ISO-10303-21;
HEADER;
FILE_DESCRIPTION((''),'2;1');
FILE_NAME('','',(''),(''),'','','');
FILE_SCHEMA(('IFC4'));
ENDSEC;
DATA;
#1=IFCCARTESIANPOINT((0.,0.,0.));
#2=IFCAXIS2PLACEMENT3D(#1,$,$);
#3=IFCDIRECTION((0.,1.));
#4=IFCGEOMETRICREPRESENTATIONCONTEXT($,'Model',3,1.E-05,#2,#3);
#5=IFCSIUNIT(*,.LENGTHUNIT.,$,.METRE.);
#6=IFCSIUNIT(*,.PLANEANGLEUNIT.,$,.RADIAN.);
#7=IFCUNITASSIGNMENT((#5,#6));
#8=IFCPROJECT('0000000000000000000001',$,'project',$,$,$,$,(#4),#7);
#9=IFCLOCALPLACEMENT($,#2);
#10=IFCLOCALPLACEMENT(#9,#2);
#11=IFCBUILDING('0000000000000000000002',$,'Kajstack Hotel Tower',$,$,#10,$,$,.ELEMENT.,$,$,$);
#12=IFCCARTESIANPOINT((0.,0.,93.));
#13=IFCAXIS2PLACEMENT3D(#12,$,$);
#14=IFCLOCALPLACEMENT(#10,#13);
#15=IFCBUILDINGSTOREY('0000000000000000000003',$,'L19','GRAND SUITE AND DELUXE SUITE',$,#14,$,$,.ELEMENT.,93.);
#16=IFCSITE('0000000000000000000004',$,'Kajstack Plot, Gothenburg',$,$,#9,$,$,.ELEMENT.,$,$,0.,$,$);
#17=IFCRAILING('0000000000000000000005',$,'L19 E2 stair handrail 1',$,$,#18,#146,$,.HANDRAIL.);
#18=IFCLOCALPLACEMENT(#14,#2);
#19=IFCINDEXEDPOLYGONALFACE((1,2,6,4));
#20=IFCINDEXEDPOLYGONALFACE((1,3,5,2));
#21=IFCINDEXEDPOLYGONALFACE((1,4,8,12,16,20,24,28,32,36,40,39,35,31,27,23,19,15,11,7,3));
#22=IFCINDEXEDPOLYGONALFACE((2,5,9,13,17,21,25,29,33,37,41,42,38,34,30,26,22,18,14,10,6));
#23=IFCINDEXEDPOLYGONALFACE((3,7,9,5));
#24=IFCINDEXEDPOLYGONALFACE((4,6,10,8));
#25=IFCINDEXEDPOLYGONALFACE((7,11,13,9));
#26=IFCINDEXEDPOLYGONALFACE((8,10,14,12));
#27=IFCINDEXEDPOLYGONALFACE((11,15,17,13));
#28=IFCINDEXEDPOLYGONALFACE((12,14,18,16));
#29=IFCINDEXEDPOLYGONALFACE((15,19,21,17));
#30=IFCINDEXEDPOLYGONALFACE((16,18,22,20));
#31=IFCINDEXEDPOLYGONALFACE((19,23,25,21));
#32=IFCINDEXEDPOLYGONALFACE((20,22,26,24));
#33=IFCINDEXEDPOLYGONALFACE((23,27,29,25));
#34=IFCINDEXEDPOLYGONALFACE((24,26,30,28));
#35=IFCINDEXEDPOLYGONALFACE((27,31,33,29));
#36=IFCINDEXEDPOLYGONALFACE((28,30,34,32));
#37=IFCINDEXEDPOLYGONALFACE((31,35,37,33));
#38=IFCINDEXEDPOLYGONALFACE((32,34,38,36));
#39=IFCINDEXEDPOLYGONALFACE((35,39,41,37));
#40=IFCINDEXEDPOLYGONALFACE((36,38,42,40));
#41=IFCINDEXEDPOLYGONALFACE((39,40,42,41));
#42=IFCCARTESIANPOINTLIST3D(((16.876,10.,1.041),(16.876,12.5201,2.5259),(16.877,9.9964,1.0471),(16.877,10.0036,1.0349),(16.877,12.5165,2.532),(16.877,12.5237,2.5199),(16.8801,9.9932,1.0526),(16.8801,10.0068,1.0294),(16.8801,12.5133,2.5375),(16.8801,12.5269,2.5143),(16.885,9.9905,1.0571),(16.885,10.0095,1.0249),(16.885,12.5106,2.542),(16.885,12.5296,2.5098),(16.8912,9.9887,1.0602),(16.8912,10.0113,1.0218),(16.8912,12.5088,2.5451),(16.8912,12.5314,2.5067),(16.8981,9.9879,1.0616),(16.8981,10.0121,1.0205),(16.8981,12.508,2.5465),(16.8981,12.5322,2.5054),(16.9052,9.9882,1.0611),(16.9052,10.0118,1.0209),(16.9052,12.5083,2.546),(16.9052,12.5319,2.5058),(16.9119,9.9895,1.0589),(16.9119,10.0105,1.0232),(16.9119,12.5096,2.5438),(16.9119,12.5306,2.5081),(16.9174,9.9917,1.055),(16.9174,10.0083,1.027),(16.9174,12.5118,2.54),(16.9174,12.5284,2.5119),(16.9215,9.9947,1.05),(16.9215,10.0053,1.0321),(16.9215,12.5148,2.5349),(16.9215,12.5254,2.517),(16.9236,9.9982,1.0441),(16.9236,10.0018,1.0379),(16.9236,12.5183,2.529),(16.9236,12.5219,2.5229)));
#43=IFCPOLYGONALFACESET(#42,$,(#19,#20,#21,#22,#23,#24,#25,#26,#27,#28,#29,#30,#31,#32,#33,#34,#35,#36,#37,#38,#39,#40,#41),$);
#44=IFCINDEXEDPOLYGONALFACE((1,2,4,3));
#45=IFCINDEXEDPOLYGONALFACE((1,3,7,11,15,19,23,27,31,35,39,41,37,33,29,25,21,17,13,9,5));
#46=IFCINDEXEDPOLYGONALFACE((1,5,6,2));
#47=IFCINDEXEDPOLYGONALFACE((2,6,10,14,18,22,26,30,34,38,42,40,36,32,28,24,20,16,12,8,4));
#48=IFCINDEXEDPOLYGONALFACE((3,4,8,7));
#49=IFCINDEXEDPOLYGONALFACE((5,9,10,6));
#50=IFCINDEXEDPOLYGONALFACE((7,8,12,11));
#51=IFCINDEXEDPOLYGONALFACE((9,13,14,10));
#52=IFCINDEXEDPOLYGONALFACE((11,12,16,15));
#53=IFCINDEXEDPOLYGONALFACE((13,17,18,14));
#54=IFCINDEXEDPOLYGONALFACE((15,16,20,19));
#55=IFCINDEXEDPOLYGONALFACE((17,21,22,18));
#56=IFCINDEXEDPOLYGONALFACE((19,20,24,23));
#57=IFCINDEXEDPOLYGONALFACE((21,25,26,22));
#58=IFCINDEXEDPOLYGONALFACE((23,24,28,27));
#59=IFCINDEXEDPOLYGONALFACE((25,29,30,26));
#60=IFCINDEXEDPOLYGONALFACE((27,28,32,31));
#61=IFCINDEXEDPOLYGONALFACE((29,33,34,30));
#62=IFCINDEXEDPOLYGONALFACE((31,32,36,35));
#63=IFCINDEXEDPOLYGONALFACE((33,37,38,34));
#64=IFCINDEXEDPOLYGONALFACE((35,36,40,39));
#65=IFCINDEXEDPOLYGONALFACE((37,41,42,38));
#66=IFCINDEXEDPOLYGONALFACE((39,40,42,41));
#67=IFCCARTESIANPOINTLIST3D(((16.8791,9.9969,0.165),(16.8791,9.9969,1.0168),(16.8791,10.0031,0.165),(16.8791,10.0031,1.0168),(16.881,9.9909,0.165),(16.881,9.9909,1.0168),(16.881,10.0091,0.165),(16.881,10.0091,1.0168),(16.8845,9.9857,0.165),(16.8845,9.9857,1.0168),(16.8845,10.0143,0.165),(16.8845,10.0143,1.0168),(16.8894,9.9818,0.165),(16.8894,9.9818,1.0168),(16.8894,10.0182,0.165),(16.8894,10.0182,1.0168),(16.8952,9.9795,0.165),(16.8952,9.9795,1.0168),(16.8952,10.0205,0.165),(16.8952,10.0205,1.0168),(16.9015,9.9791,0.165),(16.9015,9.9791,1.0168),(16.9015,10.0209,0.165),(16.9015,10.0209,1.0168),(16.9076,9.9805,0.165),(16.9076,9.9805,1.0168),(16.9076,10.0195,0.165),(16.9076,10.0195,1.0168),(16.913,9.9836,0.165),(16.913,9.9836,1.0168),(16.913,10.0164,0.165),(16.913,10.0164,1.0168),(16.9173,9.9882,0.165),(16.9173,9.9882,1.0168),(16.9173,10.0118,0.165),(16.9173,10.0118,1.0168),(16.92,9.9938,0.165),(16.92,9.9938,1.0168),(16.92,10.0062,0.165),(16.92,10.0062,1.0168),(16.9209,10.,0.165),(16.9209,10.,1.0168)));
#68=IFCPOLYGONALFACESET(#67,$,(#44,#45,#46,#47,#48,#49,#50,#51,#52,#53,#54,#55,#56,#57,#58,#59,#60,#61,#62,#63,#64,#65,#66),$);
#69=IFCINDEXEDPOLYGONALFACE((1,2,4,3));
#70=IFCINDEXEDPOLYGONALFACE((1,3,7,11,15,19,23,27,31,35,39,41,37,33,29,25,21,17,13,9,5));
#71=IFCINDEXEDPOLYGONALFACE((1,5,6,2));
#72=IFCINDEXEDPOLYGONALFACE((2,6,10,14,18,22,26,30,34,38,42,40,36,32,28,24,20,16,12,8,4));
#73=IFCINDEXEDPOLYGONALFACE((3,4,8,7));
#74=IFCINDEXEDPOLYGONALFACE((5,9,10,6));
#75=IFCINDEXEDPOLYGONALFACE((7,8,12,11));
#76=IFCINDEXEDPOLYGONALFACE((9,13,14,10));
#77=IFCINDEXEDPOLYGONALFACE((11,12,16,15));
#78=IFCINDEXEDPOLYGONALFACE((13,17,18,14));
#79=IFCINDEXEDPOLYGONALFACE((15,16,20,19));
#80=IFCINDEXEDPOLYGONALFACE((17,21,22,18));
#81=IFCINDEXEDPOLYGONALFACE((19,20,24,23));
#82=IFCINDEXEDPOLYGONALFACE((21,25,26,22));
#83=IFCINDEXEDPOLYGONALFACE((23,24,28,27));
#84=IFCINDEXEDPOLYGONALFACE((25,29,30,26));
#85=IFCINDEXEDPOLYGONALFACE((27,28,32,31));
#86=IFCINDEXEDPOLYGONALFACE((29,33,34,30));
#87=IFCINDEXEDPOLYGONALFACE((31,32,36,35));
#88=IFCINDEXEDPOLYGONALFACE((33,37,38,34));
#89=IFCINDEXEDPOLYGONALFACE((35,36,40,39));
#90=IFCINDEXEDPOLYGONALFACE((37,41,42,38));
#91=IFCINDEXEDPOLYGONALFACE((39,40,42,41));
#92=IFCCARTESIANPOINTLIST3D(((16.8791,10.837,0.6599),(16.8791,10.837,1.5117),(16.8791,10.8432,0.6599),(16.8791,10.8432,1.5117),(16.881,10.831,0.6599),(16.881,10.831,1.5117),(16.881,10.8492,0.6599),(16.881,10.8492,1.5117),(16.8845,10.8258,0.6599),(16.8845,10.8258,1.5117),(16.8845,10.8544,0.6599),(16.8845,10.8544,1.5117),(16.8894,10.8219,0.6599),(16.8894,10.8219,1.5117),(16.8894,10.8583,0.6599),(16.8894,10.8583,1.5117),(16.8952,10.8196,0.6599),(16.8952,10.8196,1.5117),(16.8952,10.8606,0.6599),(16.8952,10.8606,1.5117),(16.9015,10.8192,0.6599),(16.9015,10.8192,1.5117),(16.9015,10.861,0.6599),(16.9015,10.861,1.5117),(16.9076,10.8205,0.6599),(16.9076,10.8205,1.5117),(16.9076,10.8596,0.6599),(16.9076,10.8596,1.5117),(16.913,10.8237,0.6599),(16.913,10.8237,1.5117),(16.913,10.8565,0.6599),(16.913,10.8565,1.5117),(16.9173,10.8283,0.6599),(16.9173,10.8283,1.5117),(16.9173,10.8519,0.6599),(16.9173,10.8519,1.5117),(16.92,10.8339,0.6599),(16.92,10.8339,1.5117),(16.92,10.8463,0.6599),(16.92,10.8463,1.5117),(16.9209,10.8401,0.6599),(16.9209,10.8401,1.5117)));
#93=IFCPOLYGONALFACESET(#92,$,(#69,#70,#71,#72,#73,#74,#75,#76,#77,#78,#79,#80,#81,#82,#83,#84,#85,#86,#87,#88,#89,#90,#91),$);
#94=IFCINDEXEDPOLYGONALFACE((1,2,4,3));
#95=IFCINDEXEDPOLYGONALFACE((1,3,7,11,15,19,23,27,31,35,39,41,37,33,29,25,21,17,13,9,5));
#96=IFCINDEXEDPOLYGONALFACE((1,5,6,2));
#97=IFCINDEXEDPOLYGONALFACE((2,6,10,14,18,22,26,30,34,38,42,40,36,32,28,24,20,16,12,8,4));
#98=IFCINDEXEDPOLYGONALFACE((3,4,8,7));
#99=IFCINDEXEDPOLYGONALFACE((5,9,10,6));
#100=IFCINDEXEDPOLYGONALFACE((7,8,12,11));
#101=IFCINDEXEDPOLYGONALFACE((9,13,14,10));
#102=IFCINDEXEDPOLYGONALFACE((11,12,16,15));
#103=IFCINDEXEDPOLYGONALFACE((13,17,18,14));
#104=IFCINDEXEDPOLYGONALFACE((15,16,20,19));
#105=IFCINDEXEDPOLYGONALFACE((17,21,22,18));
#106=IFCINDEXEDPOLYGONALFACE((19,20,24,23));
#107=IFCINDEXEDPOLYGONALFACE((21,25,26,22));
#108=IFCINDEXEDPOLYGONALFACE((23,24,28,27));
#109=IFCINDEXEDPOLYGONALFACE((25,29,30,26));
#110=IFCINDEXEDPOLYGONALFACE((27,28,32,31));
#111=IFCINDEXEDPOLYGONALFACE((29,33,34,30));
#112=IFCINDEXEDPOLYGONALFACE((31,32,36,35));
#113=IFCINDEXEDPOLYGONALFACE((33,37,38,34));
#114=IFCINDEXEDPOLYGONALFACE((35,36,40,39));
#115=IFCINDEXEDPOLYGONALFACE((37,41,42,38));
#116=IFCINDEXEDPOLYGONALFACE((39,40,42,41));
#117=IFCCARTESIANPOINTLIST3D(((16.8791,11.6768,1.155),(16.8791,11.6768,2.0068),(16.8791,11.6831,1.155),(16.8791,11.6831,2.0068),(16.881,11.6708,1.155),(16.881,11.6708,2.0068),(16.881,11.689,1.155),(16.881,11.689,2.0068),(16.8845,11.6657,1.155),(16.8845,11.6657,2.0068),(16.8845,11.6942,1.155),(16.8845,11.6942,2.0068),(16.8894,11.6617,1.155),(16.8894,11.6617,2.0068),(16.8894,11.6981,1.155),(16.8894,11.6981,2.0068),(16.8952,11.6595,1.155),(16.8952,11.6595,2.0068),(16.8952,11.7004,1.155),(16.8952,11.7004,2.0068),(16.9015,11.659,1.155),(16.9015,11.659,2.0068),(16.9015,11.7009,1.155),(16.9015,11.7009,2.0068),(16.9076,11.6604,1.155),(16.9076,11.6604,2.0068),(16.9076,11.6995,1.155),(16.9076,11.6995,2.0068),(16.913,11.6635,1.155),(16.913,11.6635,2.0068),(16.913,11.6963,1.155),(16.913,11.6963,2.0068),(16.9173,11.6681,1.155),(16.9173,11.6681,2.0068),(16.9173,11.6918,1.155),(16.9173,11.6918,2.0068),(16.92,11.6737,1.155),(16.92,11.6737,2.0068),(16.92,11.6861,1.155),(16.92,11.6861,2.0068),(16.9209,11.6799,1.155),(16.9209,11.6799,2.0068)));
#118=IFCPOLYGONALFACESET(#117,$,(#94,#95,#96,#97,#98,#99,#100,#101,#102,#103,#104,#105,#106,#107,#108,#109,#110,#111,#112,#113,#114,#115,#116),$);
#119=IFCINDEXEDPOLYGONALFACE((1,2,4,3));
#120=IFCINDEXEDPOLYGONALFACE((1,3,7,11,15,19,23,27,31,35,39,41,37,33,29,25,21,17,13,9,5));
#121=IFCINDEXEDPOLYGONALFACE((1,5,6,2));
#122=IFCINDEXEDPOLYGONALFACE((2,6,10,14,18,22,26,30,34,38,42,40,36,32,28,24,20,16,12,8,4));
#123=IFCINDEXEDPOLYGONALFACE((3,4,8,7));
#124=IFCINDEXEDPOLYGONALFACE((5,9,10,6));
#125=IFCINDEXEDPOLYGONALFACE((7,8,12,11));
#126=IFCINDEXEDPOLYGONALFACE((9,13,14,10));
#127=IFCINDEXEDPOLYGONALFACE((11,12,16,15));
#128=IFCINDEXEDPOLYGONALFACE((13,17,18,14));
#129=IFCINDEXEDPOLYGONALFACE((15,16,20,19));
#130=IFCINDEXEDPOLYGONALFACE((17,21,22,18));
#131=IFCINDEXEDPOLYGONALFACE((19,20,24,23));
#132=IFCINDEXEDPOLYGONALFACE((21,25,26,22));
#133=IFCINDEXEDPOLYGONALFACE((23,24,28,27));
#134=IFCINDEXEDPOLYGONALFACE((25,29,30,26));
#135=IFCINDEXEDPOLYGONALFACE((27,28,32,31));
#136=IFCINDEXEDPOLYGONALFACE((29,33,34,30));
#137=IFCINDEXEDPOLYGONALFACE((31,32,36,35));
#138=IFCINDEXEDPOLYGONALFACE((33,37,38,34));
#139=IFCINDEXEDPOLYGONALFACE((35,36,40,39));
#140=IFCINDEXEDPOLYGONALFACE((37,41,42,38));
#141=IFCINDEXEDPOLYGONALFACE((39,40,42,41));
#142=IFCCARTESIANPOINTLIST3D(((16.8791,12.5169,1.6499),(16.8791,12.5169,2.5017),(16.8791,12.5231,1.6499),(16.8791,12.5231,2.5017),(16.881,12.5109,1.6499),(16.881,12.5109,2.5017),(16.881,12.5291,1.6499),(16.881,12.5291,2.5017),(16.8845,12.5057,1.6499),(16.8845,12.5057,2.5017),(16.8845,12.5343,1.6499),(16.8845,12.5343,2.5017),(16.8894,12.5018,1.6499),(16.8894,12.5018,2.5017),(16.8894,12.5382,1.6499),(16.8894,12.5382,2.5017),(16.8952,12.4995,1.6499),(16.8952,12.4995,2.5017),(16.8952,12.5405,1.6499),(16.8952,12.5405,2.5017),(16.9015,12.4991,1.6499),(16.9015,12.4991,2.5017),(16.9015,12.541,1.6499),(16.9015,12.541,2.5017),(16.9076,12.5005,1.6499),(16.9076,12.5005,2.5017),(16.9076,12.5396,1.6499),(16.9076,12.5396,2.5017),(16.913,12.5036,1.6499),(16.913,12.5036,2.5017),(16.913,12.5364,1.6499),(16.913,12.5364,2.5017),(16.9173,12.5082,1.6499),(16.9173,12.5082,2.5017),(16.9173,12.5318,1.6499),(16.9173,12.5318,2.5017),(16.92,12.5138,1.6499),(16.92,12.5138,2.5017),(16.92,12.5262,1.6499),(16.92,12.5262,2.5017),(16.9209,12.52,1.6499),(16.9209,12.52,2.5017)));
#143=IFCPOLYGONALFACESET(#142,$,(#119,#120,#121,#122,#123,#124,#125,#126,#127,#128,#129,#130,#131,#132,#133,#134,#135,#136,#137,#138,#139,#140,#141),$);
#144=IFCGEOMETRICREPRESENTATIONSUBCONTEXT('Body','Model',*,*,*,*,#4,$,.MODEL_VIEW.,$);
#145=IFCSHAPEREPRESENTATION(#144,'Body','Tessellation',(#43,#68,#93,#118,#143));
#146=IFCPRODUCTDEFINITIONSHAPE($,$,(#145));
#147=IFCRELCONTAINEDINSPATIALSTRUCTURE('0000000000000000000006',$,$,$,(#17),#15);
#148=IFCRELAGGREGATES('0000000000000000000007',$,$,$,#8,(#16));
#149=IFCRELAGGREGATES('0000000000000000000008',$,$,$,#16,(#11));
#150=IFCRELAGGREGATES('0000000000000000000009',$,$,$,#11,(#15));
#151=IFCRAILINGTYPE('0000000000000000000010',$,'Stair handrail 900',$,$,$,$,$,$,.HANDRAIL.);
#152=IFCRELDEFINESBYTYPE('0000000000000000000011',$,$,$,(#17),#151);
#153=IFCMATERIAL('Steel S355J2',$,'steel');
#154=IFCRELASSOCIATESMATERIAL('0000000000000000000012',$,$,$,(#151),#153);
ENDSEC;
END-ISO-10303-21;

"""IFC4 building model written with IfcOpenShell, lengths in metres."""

from ifc_helpers import new_model, si_unit, direction, frame, origin, origin_2d, place, context, subcontext, project, spatial, circle, extrude, material, type_object, element, save


model = new_model("IFC4")

# Units and contexts
model_context = context("Model", 3, precision=1e-05, world=origin(), true_north=direction((0.0, 1.0)))
body_context = subcontext(model_context, "Body", "Model", "MODEL_VIEW")
ifc_project = project(units=[si_unit("LENGTHUNIT", "METRE"), si_unit("PLANEANGLEUNIT", "RADIAN")], contexts=[model_context])

# Site, building, storey
site_placement = place(None, origin())
site = spatial("IfcSite", under=ifc_project, at=site_placement, Name="Kajstack Plot, Gothenburg", CompositionType="ELEMENT", RefElevation=0.0)
building_placement = place(site_placement, origin())
building = spatial("IfcBuilding", under=site, at=building_placement, Name="Kajstack Hotel Tower", CompositionType="ELEMENT")
storey_placement = place(building_placement, frame((0.0, 0.0, 93.0)))
storey = spatial("IfcBuildingStorey", under=building, at=storey_placement, Name="L19", Description="GRAND SUITE AND DELUXE SUITE", CompositionType="ELEMENT", Elevation=93.0)

# Railing
ifc_material_1 = material(Name="Steel S355J2", Category="steel")
railing_type_1 = type_object("IfcRailingType", Name="Stair handrail 900", PredefinedType="HANDRAIL", material=ifc_material_1)
railing_1_placement = place(storey_placement, frame((16.8999, 10.0, 0.165)))
element("IfcRailing", 1, at=railing_1_placement, inside=storey, type_object=railing_type_1, Name="L19 E2 stair handrail 1", PredefinedType="HANDRAIL", context=body_context, shape_type="SweptSolid", body=[
    extrude(circle(Radius=0.0239, at=origin_2d()), frame((0.0, 0.0, 0.876), z_axis=(0.0, 0.861561, 0.507655), x_axis=(-1.0, 0.0, 0.0)), (0.0, 0.0, 1.0), 2.925),
    extrude(circle(Radius=0.021, at=origin_2d()), origin(), (0.0, 0.0, 1.0), 0.8518),
    extrude(circle(Radius=0.021, at=origin_2d()), frame((0.0, 0.8401, 0.4949)), (0.0, 0.0, 1.0), 0.8518),
    extrude(circle(Radius=0.021, at=origin_2d()), frame((0.0, 1.6799, 0.99)), (0.0, 0.0, 1.0), 0.8518),
    extrude(circle(Radius=0.021, at=origin_2d()), frame((0.0, 2.52, 1.4849)), (0.0, 0.0, 1.0), 0.8518),
])

save(model, "model.ifc")
